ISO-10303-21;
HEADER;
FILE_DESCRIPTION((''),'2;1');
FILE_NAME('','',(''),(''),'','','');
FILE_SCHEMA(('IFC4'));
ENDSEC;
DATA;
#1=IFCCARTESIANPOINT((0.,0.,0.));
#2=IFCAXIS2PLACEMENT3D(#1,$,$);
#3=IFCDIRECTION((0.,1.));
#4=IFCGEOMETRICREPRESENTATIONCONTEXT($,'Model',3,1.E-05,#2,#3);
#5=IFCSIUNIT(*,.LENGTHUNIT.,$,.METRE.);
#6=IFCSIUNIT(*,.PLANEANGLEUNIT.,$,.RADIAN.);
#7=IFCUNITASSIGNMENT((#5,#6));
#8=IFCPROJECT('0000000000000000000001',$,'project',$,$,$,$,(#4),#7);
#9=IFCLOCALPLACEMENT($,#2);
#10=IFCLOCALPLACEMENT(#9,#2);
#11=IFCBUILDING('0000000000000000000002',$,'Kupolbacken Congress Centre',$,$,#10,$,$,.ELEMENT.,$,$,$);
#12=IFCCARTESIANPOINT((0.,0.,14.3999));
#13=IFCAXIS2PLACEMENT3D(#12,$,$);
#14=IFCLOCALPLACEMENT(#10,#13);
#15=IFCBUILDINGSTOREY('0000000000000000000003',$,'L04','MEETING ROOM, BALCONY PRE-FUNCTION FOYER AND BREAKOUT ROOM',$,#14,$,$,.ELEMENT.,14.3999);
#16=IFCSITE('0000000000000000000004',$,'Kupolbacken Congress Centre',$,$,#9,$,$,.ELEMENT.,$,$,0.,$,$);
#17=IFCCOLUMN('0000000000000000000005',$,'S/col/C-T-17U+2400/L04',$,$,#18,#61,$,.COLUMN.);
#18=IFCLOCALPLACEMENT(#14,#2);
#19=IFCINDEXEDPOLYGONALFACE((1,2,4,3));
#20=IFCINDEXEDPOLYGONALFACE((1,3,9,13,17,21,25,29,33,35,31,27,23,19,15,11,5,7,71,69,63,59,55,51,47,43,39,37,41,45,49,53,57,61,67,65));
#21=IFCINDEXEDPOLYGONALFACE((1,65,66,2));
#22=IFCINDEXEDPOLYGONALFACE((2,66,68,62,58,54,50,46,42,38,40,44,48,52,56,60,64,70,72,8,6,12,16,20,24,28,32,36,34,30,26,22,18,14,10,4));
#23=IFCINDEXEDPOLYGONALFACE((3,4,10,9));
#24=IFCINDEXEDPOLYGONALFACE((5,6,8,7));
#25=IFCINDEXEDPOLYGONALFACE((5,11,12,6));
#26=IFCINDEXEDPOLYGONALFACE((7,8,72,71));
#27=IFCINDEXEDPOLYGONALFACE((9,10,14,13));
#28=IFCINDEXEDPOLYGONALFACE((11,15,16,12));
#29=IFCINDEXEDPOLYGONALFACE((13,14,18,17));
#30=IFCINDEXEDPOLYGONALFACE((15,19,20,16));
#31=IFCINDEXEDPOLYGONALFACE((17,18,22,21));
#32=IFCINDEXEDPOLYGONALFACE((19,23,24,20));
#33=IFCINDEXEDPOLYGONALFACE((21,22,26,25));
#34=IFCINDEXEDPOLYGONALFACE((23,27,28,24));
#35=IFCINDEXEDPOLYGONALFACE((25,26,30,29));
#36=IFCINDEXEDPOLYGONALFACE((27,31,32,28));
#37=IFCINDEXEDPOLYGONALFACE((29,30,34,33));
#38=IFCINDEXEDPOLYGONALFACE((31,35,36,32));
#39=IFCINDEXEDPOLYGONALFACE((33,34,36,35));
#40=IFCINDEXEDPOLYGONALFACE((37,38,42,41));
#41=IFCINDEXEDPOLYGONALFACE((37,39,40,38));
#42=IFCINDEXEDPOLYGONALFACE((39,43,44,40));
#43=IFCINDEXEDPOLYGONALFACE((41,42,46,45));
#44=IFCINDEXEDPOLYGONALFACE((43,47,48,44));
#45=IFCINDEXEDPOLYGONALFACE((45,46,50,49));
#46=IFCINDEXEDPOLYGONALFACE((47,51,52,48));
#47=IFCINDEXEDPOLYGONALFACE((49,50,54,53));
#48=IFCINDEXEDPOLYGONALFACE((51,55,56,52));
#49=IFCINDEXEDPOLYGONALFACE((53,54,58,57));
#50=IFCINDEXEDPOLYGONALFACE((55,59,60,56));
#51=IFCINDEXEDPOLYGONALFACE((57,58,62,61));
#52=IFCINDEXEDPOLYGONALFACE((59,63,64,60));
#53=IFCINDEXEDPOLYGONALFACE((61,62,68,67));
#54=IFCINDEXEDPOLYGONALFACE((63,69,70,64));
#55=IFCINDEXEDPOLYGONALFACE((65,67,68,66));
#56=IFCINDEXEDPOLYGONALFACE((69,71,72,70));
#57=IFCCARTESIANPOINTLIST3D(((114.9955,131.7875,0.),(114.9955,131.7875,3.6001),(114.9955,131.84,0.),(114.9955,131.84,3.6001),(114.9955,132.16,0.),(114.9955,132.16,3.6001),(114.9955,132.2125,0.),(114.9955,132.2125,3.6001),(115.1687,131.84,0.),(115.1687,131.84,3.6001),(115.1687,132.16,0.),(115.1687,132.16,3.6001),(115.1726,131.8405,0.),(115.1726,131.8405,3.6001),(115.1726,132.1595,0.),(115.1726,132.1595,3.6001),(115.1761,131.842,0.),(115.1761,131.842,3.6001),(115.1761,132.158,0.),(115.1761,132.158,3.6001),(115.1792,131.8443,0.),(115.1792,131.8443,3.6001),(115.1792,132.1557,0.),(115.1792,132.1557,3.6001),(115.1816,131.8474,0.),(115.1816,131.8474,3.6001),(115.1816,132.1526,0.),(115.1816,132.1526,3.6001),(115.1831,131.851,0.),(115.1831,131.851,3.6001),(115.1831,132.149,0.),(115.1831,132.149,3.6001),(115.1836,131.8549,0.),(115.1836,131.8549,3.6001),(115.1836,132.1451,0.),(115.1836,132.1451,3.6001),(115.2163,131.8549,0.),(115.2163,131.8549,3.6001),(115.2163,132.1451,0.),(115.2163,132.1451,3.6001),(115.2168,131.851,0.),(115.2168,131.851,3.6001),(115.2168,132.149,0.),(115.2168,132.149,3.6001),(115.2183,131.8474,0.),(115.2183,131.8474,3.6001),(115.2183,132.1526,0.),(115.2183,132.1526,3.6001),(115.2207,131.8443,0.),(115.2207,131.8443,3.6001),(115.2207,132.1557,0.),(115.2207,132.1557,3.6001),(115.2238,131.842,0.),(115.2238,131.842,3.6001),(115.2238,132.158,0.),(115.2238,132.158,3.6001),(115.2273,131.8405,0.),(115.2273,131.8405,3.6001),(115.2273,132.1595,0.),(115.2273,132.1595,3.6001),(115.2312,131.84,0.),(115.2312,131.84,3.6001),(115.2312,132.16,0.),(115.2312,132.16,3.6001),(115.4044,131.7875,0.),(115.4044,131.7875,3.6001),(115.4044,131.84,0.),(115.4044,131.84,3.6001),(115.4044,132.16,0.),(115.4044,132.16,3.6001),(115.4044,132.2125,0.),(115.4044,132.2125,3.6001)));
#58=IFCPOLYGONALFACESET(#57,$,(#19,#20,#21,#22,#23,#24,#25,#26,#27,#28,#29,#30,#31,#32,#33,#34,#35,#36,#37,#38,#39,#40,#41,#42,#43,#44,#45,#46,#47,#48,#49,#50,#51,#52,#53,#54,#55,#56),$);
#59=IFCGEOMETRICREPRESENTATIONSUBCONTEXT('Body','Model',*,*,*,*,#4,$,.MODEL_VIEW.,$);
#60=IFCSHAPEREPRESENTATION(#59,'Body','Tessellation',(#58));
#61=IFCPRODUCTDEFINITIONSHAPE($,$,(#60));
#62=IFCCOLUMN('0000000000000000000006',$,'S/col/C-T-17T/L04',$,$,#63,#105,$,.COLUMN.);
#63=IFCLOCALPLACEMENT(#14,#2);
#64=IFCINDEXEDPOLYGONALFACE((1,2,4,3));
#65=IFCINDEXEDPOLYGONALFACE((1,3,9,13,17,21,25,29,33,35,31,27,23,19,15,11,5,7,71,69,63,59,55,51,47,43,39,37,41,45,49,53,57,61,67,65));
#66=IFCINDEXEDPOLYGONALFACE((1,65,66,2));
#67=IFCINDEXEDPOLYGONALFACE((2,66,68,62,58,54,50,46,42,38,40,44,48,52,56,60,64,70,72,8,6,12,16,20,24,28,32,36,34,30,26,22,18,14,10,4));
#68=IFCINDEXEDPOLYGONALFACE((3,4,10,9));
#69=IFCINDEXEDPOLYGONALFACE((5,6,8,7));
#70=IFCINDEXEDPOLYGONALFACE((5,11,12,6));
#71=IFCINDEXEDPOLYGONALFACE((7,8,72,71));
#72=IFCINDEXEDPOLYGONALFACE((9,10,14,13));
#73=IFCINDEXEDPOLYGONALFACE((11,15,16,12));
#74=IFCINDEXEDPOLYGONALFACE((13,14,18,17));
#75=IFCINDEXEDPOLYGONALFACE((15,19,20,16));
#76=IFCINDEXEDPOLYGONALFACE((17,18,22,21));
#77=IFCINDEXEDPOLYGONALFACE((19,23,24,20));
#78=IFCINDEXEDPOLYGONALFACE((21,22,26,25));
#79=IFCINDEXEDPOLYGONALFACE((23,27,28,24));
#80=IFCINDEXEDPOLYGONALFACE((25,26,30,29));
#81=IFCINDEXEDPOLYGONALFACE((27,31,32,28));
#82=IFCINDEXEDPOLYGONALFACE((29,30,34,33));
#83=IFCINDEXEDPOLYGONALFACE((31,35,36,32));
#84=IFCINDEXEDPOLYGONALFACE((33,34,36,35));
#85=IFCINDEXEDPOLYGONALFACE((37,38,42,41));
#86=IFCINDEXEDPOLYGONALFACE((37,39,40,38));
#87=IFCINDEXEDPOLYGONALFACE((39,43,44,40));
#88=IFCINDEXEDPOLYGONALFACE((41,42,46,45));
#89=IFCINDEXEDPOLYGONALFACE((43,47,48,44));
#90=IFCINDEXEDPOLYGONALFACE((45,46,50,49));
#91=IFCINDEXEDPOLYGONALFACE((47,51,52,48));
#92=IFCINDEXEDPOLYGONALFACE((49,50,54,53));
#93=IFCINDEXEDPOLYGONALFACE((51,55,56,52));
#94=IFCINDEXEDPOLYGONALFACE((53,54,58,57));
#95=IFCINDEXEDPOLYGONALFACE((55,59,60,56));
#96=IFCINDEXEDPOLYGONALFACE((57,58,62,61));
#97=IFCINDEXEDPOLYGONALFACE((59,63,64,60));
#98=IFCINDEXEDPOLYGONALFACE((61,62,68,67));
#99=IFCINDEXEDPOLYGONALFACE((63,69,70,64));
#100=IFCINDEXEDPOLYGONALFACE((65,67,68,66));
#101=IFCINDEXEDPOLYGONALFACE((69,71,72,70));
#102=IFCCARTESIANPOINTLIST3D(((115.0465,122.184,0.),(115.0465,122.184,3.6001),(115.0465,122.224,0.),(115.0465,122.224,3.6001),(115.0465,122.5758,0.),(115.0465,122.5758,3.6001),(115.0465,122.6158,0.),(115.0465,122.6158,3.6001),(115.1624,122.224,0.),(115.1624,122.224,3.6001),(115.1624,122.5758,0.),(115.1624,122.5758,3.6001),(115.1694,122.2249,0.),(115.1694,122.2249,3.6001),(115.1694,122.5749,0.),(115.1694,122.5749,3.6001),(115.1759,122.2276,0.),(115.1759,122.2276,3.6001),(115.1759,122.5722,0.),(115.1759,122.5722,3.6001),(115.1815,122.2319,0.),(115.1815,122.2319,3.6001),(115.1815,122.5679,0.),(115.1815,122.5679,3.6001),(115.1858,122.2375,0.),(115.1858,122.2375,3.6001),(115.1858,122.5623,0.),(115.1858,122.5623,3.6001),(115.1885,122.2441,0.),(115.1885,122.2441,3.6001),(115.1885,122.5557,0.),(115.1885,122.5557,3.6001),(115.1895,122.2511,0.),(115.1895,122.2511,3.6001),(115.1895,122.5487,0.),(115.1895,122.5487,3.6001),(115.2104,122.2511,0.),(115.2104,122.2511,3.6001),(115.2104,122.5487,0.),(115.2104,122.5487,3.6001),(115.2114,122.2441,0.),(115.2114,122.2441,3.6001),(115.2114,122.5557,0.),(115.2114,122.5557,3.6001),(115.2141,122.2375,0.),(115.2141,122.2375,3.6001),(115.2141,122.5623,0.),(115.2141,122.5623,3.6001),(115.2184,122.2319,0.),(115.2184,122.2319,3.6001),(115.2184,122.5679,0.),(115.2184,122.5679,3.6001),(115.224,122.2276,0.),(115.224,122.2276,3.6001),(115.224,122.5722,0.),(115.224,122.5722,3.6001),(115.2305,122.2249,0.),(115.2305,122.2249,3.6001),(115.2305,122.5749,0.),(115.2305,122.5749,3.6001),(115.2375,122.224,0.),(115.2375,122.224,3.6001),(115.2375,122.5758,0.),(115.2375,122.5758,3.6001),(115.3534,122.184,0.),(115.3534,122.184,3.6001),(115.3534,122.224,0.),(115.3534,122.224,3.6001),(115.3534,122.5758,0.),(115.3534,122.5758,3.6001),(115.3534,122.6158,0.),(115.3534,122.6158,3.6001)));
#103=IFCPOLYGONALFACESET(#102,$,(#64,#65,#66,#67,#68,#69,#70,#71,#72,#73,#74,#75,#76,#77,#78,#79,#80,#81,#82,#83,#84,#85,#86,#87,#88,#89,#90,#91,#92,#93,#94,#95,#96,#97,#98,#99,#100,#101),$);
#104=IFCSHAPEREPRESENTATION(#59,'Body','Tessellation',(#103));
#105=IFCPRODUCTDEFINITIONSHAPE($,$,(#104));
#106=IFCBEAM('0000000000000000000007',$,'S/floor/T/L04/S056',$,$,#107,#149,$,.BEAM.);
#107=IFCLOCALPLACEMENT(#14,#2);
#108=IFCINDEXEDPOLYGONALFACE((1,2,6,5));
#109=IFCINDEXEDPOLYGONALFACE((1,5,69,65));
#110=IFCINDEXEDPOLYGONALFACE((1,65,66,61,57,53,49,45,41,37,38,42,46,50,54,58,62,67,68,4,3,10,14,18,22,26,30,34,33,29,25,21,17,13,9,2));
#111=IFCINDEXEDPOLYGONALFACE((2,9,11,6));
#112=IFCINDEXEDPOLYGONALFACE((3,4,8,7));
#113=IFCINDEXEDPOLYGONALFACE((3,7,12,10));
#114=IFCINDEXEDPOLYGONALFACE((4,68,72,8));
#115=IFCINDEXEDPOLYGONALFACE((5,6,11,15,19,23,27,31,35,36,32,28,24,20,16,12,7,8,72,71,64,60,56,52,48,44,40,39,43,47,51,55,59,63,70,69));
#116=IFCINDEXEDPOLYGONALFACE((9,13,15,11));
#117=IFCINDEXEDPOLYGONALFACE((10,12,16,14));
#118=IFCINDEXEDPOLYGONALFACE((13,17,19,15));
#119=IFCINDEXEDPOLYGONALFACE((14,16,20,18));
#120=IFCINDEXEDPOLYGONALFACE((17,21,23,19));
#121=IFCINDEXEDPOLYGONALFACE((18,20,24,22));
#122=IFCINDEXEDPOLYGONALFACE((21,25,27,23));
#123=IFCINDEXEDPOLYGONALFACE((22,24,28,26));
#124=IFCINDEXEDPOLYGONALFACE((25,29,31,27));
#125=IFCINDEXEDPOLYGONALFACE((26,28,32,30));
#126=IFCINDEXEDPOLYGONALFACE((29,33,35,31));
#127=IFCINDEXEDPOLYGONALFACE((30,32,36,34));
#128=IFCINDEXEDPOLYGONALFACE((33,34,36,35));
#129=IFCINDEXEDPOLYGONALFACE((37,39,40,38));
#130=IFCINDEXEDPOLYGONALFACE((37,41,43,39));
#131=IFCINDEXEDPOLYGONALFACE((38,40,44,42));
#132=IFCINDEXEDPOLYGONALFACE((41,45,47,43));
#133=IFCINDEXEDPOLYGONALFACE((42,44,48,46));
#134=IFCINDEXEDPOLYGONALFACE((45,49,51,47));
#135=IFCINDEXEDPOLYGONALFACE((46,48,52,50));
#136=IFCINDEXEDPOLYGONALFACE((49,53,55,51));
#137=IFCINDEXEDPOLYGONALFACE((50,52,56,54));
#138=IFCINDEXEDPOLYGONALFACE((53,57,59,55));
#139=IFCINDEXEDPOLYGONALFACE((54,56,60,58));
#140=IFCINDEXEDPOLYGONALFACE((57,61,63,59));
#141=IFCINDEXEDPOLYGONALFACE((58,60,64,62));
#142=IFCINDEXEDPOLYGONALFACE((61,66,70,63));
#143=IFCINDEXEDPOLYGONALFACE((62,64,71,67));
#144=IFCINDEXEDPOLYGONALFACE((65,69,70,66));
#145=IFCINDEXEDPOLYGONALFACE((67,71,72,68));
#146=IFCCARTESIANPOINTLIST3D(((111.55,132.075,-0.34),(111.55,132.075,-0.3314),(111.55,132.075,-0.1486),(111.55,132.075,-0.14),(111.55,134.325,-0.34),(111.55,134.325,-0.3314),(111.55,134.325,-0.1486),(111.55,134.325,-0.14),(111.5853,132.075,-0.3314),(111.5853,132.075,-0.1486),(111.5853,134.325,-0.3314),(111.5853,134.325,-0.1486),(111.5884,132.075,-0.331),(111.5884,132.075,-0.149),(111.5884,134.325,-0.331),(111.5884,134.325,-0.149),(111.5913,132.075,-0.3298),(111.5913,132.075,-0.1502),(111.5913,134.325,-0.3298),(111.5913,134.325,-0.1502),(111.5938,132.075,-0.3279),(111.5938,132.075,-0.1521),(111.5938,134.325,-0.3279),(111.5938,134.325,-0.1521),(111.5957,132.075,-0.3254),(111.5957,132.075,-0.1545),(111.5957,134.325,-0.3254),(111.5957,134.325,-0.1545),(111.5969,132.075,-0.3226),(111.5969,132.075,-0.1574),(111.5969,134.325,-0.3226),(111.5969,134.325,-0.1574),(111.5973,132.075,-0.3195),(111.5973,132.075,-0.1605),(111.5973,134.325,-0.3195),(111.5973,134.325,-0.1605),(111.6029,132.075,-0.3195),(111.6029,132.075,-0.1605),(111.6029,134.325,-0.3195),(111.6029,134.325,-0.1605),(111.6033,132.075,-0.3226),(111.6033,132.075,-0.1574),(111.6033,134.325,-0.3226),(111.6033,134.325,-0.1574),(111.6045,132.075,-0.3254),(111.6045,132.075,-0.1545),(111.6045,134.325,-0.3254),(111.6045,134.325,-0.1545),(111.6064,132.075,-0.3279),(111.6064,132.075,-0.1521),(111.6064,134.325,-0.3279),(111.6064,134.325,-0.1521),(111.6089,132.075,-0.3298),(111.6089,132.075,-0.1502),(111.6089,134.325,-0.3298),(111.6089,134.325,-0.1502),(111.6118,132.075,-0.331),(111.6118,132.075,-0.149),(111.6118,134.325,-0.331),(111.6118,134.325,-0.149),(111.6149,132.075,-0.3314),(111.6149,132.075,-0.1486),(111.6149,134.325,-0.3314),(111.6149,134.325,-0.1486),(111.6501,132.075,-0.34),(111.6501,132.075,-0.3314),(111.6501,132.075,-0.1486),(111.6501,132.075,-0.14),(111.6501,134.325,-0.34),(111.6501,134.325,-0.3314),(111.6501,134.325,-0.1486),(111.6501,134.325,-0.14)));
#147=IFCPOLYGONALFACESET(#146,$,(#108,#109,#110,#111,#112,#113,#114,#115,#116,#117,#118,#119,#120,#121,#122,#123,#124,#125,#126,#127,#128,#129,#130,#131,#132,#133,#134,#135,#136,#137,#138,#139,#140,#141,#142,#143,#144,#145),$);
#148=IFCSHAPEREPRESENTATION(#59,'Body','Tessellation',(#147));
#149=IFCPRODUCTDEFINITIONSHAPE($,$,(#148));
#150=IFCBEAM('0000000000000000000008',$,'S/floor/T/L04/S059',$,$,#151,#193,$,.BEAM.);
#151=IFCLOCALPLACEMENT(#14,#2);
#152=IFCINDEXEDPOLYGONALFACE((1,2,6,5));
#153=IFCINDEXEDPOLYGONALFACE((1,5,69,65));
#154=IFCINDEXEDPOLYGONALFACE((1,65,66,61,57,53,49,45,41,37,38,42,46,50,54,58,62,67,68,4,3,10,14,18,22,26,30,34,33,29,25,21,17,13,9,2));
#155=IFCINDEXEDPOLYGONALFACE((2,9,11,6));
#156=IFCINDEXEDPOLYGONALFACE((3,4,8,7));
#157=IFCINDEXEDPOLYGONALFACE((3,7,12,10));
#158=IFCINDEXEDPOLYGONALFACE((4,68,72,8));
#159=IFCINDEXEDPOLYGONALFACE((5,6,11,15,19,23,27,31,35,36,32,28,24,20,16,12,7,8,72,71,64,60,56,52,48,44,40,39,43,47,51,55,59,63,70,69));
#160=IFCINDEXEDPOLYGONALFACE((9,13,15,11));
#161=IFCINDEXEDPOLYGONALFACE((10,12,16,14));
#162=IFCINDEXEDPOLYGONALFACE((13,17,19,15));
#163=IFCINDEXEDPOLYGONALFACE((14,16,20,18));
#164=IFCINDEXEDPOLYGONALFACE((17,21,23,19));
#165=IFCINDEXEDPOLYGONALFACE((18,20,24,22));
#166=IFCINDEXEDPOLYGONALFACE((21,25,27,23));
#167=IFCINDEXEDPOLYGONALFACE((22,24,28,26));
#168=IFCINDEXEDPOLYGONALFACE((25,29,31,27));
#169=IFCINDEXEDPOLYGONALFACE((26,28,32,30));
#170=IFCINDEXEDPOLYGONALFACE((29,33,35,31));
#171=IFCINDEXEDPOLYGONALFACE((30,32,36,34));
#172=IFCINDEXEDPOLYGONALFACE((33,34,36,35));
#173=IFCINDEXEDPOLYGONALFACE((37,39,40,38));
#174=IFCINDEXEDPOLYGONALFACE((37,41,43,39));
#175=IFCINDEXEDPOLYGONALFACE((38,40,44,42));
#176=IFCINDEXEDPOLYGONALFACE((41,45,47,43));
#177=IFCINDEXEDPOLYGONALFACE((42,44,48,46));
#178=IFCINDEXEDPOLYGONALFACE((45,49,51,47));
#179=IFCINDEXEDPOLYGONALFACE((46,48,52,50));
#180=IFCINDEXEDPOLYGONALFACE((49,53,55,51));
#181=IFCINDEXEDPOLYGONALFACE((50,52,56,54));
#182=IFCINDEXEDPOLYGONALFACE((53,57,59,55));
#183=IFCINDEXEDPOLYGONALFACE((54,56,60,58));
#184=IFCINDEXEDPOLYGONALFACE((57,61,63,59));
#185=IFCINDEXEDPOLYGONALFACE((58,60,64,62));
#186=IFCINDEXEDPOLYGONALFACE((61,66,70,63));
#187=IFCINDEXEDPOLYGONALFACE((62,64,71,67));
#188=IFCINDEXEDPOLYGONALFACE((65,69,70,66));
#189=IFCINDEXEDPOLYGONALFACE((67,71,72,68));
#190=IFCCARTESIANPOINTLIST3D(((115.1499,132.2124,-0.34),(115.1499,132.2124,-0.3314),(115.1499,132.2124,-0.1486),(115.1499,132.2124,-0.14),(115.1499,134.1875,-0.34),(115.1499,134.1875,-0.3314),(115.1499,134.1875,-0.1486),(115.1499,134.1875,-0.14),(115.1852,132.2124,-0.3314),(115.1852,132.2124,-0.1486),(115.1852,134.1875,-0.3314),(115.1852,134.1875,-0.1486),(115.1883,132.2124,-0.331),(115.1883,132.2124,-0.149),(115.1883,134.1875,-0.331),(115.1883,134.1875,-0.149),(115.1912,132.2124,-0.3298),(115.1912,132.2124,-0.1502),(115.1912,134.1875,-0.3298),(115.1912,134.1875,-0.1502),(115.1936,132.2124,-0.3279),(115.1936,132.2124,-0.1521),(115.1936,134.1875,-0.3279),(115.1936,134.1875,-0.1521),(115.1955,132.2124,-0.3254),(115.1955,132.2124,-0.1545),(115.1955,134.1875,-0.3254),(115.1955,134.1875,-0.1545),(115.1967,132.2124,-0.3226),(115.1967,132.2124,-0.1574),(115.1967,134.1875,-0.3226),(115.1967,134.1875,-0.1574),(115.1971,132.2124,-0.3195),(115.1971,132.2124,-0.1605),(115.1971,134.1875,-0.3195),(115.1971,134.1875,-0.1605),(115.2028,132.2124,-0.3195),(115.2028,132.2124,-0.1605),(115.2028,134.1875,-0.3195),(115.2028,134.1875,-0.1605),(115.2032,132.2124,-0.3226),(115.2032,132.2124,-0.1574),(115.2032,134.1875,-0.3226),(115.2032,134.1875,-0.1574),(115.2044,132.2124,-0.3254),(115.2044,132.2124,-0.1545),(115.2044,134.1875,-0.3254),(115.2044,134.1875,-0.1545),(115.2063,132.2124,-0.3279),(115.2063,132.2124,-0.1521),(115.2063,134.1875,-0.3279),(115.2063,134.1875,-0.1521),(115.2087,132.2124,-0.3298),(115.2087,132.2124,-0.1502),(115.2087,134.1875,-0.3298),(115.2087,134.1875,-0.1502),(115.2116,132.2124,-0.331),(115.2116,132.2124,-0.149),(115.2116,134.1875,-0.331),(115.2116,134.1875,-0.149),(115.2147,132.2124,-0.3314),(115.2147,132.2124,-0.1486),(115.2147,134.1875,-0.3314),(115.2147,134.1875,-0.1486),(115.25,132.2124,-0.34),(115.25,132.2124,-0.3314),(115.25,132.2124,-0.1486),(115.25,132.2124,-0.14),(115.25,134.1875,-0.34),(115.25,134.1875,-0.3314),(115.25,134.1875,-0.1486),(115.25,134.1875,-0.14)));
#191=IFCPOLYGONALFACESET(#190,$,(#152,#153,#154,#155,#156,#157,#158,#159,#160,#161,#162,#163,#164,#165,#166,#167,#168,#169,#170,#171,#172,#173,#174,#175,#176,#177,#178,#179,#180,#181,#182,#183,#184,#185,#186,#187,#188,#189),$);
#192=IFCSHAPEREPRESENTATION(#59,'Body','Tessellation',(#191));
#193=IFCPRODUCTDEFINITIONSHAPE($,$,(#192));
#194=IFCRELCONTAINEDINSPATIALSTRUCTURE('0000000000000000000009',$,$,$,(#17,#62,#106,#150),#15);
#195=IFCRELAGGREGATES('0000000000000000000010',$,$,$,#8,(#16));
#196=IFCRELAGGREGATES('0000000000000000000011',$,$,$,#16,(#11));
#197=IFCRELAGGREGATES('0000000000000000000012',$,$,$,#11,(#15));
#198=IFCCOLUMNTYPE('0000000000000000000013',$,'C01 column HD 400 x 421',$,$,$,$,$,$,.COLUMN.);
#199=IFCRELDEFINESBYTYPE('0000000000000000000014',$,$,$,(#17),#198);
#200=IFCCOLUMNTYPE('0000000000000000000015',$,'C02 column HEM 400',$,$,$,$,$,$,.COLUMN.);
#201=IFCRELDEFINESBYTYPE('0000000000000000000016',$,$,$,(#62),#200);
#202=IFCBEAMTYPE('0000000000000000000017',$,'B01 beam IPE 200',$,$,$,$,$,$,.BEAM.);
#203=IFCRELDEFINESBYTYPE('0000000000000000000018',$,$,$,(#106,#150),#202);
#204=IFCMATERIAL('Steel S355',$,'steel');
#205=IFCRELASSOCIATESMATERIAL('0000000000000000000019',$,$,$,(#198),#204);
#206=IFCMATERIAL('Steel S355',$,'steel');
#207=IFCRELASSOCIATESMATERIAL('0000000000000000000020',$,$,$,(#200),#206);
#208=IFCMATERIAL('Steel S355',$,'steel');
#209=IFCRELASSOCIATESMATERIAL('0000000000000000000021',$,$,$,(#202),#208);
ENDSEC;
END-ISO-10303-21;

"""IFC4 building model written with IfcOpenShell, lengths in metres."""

from ifc_helpers import new_model, si_unit, direction, frame, origin, origin_2d, place, context, subcontext, project, spatial, i_section, extrude, material, material_profile, profile_set, type_object, element, save


model = new_model("IFC4")

# Units and contexts
model_context = context("Model", 3, precision=1e-05, world=origin(), true_north=direction((0.0, 1.0)))
body_context = subcontext(model_context, "Body", "Model", "MODEL_VIEW")
ifc_project = project(units=[si_unit("LENGTHUNIT", "METRE"), si_unit("PLANEANGLEUNIT", "RADIAN")], contexts=[model_context])

# Site, building, storey
site_placement = place(None, origin())
site = spatial("IfcSite", under=ifc_project, at=site_placement, Name="Kupolbacken Congress Centre", CompositionType="ELEMENT", RefElevation=0.0)
building_placement = place(site_placement, origin())
building = spatial("IfcBuilding", under=site, at=building_placement, Name="Kupolbacken Congress Centre", CompositionType="ELEMENT")
storey_placement = place(building_placement, frame((0.0, 0.0, 14.3999)))
storey = spatial("IfcBuildingStorey", under=building, at=storey_placement, Name="L04", Description="MEETING ROOM, BALCONY PRE-FUNCTION FOYER AND BREAKOUT ROOM", CompositionType="ELEMENT", Elevation=14.3999)

# Columns
ifc_material_1 = material(Name="Steel S355", Category="steel")
ifc_material_profile_1 = material_profile(ifc_material_1, i_section(OverallWidth=0.4089, OverallDepth=0.425, WebThickness=0.0327, FlangeThickness=0.0525, FilletRadius=0.0149, at=origin_2d()), Name="HD 400 x 421")
ifc_profile_set_1 = profile_set([ifc_material_profile_1], Name="Steel S355")
column_type_1 = type_object("IfcColumnType", Name="C01 column HD 400 x 421", PredefinedType="COLUMN", material=ifc_profile_set_1)
column_1_placement = place(storey_placement, frame((115.2, 132.0, 0.0), z_axis=(0.0, 0.0, 1.0), x_axis=(1.0, 0.0, 0.0)))
element("IfcColumn", 1, at=column_1_placement, inside=storey, type_object=column_type_1, Name="S/col/C-T-17U+2400/L04", PredefinedType="COLUMN", context=body_context, shape_type="SweptSolid", body=[
    extrude(i_section(OverallWidth=0.4089, OverallDepth=0.425, WebThickness=0.0327, FlangeThickness=0.0525, FilletRadius=0.0149, at=origin_2d()), origin(), (0.0, 0.0, 1.0), 3.6001),
])
ifc_material_2 = material(Name="Steel S355", Category="steel")
ifc_material_profile_2 = material_profile(ifc_material_2, i_section(OverallWidth=0.3069, OverallDepth=0.4319, WebThickness=0.021, FlangeThickness=0.04, FilletRadius=0.0271, at=origin_2d()), Name="HEM 400")
ifc_profile_set_2 = profile_set([ifc_material_profile_2], Name="Steel S355")
column_type_2 = type_object("IfcColumnType", Name="C02 column HEM 400", PredefinedType="COLUMN", material=ifc_profile_set_2)
column_2_placement = place(storey_placement, frame((115.2, 122.3999, 0.0), z_axis=(0.0, 0.0, 1.0), x_axis=(1.0, 0.0, 0.0)))
element("IfcColumn", 2, at=column_2_placement, inside=storey, type_object=column_type_2, Name="S/col/C-T-17T/L04", PredefinedType="COLUMN", context=body_context, shape_type="SweptSolid", body=[
    extrude(i_section(OverallWidth=0.3069, OverallDepth=0.4319, WebThickness=0.021, FlangeThickness=0.04, FilletRadius=0.0271, at=origin_2d()), origin(), (0.0, 0.0, 1.0), 3.6001),
])

# Beams
ifc_material_3 = material(Name="Steel S355", Category="steel")
ifc_material_profile_3 = material_profile(ifc_material_3, i_section(OverallWidth=0.1001, OverallDepth=0.2, WebThickness=0.0056, FlangeThickness=0.0085, FilletRadius=0.012, at=origin_2d()), Name="IPE 200")
ifc_profile_set_3 = profile_set([ifc_material_profile_3], Name="Steel S355")
beam_type_1 = type_object("IfcBeamType", Name="B01 beam IPE 200", PredefinedType="BEAM", material=ifc_profile_set_3)
beam_1_placement = place(storey_placement, frame((111.6001, 132.075, -0.24), z_axis=(0.0, 1.0, 0.0), x_axis=(-1.0, 0.0, 0.0)))
element("IfcBeam", 3, at=beam_1_placement, inside=storey, type_object=beam_type_1, Name="S/floor/T/L04/S056", PredefinedType="BEAM", context=body_context, shape_type="SweptSolid", body=[
    extrude(i_section(OverallWidth=0.1001, OverallDepth=0.2, WebThickness=0.0056, FlangeThickness=0.0085, FilletRadius=0.012, at=origin_2d()), origin(), (0.0, 0.0, 1.0), 2.25),
])
beam_2_placement = place(storey_placement, frame((115.2, 132.2124, -0.24), z_axis=(0.0, 1.0, 0.0), x_axis=(-1.0, 0.0, 0.0)))
element("IfcBeam", 4, at=beam_2_placement, inside=storey, type_object=beam_type_1, Name="S/floor/T/L04/S059", PredefinedType="BEAM", context=body_context, shape_type="SweptSolid", body=[
    extrude(i_section(OverallWidth=0.1001, OverallDepth=0.2, WebThickness=0.0056, FlangeThickness=0.0085, FilletRadius=0.012, at=origin_2d()), origin(), (0.0, 0.0, 1.0), 1.9751),
])

save(model, "model.ifc")
